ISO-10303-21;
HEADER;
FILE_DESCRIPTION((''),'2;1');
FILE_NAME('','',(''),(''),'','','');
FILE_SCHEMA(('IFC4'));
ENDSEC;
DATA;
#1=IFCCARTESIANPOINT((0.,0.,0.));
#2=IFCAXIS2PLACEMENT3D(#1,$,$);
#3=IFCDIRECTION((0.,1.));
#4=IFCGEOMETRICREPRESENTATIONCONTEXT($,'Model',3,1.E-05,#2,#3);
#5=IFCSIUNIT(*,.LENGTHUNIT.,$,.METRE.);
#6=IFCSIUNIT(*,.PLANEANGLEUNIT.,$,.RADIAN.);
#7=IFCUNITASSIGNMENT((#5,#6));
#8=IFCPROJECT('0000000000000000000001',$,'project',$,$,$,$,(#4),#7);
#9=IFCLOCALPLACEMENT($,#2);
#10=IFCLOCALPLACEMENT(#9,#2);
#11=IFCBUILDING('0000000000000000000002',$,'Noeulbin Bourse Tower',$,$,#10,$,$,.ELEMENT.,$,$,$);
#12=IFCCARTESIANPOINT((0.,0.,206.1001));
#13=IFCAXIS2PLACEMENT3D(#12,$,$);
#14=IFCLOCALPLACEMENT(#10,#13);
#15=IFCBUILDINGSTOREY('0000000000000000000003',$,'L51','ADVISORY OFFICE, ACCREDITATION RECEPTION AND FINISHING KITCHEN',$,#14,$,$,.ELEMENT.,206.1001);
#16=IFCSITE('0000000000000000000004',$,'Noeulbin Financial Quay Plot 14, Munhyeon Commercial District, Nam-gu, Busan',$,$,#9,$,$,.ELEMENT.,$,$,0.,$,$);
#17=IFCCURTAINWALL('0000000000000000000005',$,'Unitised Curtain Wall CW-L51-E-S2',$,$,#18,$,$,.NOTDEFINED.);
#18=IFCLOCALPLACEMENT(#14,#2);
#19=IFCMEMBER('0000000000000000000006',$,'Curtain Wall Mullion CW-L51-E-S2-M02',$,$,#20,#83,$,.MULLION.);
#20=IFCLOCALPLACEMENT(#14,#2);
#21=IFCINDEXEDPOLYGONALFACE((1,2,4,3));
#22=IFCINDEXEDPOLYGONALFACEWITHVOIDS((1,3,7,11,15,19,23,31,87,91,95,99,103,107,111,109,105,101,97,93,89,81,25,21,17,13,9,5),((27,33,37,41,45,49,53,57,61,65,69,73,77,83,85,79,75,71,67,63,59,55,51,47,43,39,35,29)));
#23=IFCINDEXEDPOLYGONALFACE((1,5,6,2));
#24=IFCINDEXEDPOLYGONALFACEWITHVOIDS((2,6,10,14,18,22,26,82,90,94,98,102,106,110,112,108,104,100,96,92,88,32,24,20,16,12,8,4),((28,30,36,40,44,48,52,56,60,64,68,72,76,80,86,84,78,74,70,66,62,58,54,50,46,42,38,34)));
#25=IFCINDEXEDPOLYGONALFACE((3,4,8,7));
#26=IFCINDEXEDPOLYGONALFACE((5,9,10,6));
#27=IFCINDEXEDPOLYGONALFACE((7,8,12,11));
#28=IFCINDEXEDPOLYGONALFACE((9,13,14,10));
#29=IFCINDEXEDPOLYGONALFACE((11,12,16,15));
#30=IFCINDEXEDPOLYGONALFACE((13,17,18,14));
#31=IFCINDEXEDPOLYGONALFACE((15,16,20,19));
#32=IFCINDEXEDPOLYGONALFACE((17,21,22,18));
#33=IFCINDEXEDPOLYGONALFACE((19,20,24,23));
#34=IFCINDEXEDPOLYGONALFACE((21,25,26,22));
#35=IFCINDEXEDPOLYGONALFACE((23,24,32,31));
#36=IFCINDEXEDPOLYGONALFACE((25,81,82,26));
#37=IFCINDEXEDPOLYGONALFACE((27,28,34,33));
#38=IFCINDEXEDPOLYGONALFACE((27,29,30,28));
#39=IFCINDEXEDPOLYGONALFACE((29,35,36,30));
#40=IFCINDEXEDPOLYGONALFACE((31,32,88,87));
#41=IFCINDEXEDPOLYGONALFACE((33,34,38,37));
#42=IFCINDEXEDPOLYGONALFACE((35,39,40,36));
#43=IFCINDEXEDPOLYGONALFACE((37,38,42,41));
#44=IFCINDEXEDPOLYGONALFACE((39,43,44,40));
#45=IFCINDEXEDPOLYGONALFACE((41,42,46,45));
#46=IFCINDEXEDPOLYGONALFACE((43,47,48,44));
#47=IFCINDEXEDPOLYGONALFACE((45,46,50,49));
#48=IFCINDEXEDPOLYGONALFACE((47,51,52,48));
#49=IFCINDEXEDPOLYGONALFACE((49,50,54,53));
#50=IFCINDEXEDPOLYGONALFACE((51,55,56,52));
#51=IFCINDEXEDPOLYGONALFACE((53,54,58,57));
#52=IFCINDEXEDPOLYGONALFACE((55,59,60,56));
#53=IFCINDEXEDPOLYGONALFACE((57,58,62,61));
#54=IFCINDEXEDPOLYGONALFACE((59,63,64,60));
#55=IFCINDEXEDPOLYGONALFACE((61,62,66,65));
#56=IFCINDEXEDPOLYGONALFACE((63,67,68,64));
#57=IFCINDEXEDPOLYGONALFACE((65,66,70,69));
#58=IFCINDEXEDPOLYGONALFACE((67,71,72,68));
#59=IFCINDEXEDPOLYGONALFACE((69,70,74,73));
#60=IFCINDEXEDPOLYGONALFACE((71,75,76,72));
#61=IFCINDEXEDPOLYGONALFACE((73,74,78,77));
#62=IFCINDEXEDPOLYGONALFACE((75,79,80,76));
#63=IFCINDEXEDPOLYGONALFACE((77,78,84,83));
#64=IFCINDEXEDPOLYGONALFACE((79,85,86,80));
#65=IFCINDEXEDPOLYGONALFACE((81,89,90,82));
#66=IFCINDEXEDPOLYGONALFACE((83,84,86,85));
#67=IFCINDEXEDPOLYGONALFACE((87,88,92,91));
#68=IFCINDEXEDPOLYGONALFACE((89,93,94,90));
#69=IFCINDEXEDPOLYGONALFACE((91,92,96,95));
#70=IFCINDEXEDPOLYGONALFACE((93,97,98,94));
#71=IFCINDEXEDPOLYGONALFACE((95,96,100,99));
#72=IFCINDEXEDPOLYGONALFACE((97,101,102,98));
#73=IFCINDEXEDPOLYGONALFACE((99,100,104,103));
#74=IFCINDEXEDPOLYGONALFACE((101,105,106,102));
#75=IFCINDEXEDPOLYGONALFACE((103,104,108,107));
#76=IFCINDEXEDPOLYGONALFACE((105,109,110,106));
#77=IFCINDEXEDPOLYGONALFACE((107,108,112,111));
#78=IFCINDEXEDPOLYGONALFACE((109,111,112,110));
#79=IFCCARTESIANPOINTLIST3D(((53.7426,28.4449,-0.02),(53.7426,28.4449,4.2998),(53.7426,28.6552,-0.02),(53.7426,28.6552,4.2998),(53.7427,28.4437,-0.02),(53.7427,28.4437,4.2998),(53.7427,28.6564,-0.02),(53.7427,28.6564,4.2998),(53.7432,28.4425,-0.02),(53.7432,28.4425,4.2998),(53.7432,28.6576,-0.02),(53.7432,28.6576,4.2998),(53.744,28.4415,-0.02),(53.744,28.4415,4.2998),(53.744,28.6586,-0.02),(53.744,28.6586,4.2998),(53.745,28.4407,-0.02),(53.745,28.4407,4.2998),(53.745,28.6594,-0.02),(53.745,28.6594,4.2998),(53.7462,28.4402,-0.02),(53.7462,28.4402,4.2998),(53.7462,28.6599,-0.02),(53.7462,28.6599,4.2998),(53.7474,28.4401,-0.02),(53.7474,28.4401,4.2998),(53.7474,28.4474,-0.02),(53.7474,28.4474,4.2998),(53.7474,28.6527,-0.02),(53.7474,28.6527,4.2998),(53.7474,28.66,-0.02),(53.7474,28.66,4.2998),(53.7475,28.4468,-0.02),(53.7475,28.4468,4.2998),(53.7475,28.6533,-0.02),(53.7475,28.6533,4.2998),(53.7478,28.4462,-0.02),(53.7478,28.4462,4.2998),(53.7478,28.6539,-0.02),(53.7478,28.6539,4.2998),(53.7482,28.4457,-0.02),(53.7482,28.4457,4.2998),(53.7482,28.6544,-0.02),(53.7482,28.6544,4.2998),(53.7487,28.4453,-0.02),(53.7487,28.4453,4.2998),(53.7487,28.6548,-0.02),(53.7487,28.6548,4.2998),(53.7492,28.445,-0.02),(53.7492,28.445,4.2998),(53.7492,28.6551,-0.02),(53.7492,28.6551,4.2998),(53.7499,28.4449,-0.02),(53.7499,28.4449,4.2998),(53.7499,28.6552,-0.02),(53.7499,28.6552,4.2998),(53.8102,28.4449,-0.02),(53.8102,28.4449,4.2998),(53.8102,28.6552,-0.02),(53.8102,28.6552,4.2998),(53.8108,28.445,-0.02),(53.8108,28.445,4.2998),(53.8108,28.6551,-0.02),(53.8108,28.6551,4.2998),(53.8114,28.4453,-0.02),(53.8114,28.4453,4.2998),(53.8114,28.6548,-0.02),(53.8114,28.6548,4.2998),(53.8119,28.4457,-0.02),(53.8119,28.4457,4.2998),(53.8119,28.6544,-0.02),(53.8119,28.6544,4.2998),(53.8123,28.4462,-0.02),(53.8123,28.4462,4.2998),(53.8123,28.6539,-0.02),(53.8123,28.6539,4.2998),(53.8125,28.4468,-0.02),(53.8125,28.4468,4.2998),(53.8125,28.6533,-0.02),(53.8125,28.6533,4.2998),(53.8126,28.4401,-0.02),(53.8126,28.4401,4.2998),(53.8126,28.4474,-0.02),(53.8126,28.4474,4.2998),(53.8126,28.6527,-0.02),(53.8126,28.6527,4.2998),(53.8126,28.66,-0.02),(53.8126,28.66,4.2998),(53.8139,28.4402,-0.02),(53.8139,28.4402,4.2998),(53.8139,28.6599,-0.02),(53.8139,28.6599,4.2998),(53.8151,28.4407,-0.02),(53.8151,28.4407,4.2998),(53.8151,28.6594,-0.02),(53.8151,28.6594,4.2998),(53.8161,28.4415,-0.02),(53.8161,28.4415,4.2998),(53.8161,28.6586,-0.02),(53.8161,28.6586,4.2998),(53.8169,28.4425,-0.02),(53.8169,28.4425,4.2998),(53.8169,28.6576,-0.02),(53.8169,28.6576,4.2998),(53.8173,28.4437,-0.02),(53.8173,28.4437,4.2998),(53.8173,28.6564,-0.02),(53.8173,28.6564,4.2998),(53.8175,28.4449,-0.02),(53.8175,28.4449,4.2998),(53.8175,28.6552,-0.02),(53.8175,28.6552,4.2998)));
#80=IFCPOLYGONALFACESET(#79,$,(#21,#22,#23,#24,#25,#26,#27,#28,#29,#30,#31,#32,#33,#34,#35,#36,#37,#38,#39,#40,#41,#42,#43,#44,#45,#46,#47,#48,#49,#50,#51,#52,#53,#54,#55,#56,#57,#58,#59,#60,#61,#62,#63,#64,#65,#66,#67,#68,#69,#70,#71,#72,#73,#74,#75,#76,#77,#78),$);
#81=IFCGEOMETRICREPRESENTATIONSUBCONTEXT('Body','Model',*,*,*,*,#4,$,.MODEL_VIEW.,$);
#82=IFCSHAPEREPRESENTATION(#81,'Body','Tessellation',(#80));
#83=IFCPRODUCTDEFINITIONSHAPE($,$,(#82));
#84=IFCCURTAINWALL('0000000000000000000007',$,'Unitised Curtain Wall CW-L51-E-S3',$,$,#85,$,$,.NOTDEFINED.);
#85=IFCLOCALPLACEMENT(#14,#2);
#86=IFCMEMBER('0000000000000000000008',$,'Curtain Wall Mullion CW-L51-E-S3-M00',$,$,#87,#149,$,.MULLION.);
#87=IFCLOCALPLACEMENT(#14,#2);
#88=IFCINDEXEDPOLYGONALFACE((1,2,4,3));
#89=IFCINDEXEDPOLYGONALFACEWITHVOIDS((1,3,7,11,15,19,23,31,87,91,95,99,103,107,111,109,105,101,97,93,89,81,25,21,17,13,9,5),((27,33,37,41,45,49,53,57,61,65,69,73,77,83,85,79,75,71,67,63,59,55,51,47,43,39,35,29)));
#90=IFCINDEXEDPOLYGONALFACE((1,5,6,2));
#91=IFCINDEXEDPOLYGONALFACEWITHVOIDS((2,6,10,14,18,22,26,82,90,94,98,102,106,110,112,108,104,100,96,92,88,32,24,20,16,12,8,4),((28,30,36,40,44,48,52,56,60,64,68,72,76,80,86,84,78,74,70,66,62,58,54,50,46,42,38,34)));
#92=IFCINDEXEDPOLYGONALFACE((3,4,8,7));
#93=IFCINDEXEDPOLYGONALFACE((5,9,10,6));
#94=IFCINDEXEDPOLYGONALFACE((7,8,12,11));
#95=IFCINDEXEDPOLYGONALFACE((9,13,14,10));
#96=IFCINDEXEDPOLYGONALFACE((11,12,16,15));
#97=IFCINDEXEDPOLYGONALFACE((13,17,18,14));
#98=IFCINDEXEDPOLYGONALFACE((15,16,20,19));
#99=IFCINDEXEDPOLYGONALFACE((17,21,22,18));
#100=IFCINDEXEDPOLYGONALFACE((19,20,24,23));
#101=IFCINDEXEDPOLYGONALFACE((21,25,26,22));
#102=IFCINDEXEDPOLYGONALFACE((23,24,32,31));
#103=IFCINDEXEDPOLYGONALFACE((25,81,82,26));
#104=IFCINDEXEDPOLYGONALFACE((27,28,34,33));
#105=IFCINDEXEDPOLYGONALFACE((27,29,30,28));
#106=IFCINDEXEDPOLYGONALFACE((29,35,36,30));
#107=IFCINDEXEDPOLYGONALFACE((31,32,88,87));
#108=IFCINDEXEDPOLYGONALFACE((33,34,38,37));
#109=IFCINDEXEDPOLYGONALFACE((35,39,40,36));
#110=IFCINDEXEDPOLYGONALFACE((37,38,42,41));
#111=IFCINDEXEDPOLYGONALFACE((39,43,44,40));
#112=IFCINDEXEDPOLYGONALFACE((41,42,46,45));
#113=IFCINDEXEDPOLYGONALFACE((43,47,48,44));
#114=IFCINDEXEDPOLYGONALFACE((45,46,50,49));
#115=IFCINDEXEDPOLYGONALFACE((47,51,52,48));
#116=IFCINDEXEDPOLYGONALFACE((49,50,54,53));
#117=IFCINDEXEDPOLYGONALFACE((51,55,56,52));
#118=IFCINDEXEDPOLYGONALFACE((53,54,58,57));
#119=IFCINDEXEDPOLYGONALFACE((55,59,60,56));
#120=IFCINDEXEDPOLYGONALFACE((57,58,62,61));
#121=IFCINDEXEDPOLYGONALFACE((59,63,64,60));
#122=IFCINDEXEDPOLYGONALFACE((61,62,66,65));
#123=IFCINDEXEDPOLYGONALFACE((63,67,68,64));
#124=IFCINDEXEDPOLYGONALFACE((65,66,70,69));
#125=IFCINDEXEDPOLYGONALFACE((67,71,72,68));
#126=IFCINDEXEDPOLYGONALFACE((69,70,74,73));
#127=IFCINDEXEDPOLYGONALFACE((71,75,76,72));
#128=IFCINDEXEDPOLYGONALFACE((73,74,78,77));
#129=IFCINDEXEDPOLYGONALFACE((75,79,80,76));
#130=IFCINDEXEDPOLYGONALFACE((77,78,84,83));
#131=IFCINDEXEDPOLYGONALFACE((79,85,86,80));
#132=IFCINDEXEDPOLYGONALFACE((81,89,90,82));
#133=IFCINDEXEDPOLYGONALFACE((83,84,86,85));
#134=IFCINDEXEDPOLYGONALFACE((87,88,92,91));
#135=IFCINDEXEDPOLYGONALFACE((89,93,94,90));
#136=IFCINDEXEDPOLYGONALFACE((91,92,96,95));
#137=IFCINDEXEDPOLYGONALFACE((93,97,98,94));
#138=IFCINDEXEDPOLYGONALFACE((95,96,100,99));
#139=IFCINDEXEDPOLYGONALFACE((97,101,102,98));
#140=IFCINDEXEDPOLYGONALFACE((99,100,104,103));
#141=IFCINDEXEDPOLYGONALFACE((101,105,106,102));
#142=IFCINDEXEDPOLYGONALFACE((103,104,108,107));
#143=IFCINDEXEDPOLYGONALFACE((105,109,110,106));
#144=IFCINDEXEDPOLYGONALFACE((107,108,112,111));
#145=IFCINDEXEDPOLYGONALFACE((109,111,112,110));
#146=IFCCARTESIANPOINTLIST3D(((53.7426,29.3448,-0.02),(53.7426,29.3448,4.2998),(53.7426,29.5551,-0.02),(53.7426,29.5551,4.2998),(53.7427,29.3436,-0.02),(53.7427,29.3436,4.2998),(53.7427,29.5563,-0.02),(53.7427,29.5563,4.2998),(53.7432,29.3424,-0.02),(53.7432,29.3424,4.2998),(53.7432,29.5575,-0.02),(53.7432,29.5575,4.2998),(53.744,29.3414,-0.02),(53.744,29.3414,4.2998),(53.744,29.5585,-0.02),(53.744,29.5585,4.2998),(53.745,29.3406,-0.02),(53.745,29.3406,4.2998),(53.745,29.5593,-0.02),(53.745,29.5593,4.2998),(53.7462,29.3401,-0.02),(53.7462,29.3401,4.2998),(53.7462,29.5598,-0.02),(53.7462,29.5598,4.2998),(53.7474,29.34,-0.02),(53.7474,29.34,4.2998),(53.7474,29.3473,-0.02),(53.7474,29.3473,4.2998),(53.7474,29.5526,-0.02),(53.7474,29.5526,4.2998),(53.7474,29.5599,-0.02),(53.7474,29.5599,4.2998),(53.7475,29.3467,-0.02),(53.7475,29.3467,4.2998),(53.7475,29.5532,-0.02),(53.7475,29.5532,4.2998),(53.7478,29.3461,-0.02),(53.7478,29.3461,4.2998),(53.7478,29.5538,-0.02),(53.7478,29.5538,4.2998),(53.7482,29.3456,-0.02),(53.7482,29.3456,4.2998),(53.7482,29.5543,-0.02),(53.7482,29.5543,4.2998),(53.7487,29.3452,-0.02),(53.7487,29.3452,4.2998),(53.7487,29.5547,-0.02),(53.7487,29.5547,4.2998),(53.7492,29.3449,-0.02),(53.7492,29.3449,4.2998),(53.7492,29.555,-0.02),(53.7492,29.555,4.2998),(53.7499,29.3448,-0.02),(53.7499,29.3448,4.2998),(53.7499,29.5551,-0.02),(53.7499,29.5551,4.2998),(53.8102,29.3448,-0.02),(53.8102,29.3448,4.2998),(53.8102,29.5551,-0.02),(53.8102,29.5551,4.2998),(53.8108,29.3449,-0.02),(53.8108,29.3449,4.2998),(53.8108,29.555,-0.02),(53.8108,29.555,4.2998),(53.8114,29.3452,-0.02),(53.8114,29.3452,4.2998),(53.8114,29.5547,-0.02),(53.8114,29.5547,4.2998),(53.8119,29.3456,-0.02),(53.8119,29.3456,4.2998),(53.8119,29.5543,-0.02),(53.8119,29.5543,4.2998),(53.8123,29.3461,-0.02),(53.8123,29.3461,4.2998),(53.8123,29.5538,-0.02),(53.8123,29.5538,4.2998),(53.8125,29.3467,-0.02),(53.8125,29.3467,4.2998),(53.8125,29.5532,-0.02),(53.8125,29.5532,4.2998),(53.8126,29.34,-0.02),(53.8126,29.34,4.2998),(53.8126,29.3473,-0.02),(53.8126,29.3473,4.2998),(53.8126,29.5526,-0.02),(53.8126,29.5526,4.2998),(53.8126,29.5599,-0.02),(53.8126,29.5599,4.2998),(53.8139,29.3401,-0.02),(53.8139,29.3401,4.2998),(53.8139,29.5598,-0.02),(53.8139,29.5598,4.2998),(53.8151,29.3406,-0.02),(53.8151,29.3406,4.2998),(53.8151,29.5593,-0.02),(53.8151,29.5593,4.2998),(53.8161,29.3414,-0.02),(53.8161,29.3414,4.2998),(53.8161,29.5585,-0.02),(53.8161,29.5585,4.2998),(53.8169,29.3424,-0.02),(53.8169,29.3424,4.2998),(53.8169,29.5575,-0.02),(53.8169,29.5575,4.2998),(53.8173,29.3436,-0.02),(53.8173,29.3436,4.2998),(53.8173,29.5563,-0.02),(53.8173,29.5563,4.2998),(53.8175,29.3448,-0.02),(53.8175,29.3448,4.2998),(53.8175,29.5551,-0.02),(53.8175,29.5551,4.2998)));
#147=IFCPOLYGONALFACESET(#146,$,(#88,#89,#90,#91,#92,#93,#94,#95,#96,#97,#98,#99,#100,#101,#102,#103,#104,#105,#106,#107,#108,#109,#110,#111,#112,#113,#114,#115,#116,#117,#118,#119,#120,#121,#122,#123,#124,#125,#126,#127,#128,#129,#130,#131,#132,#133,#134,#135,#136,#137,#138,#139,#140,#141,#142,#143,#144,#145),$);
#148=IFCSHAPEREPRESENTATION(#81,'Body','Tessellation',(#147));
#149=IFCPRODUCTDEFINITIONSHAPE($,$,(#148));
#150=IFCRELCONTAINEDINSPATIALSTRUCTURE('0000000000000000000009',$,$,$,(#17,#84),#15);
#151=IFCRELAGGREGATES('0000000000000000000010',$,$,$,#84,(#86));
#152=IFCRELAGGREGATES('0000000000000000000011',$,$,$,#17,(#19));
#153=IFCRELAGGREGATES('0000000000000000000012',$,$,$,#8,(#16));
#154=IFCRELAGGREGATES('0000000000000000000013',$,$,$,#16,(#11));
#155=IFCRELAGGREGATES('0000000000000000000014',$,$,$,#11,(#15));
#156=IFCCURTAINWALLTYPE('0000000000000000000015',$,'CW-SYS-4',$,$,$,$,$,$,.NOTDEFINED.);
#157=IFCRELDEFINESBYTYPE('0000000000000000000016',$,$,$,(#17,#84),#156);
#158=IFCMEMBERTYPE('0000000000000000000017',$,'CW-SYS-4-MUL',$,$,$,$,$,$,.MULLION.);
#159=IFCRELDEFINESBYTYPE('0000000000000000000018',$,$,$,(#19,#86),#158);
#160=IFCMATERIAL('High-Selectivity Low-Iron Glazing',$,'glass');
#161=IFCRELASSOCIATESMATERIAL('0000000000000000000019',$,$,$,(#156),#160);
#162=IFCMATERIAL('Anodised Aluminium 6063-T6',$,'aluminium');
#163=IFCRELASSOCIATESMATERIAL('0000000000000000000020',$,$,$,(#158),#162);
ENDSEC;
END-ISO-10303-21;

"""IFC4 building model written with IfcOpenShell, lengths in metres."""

from ifc_helpers import new_model, si_unit, direction, frame, origin, origin_2d, place, context, subcontext, project, spatial, hollow_rectangle, extrude, material, material_profile, profile_set, type_object, element, aggregate, save


model = new_model("IFC4")

# Units and contexts
model_context = context("Model", 3, precision=1e-05, world=origin(), true_north=direction((0.0, 1.0)))
body_context = subcontext(model_context, "Body", "Model", "MODEL_VIEW")
ifc_project = project(units=[si_unit("LENGTHUNIT", "METRE"), si_unit("PLANEANGLEUNIT", "RADIAN")], contexts=[model_context])

# Site, building, storey
site_placement = place(None, origin())
site = spatial("IfcSite", under=ifc_project, at=site_placement, Name="Noeulbin Financial Quay Plot 14, Munhyeon Commercial District, Nam-gu, Busan", CompositionType="ELEMENT", RefElevation=0.0)
building_placement = place(site_placement, origin())
building = spatial("IfcBuilding", under=site, at=building_placement, Name="Noeulbin Bourse Tower", CompositionType="ELEMENT")
storey_placement = place(building_placement, frame((0.0, 0.0, 206.1001)))
storey = spatial("IfcBuildingStorey", under=building, at=storey_placement, Name="L51", Description="ADVISORY OFFICE, ACCREDITATION RECEPTION AND FINISHING KITCHEN", CompositionType="ELEMENT", Elevation=206.1001)

# Curtain wall, member
ifc_material_1 = material(Name="High-Selectivity Low-Iron Glazing", Category="glass")
curtain_wall_type = type_object("IfcCurtainWallType", Name="CW-SYS-4", PredefinedType="NOTDEFINED", material=ifc_material_1)
curtain_wall_1_placement = place(storey_placement, origin())
curtain_wall_1 = element("IfcCurtainWall", 1, at=curtain_wall_1_placement, inside=storey, type_object=curtain_wall_type, Name="Unitised Curtain Wall CW-L51-E-S2", PredefinedType="NOTDEFINED")
ifc_material_2 = material(Name="Anodised Aluminium 6063-T6", Category="aluminium")
ifc_material_profile_1 = material_profile(ifc_material_2, hollow_rectangle(XDim=0.075, YDim=0.22, WallThickness=0.0049, InnerFilletRadius=0.0024, OuterFilletRadius=0.0049, at=origin_2d()), Name="ALU-MULL-75x220x5", Category="LoadBearing")
ifc_profile_set_1 = profile_set([ifc_material_profile_1], Name="Anodised Aluminium 6063-T6")
member_type_1 = type_object("IfcMemberType", Name="CW-SYS-4-MUL", PredefinedType="MULLION", material=ifc_profile_set_1)
member_1_placement = place(storey_placement, frame((53.78, 28.55, -0.02), z_axis=(0.0, 0.0, 1.0), x_axis=(1.0, 0.0, 0.0)))
member_1 = element("IfcMember", 2, at=member_1_placement, type_object=member_type_1, Name="Curtain Wall Mullion CW-L51-E-S2-M02", PredefinedType="MULLION", context=body_context, shape_type="SweptSolid", body=[
    extrude(hollow_rectangle(XDim=0.075, YDim=0.22, WallThickness=0.0049, InnerFilletRadius=0.0024, OuterFilletRadius=0.0049, at=origin_2d()), origin(), (0.0, 0.0, 1.0), 4.3198),
])

# Curtain wall, member
curtain_wall_2_placement = place(storey_placement, origin())
curtain_wall_2 = element("IfcCurtainWall", 3, at=curtain_wall_2_placement, inside=storey, type_object=curtain_wall_type, Name="Unitised Curtain Wall CW-L51-E-S3", PredefinedType="NOTDEFINED")
member_2_placement = place(storey_placement, frame((53.78, 29.45, -0.02), z_axis=(0.0, 0.0, 1.0), x_axis=(1.0, 0.0, 0.0)))
member_2 = element("IfcMember", 4, at=member_2_placement, type_object=member_type_1, Name="Curtain Wall Mullion CW-L51-E-S3-M00", PredefinedType="MULLION", context=body_context, shape_type="SweptSolid", body=[
    extrude(hollow_rectangle(XDim=0.075, YDim=0.22, WallThickness=0.0049, InnerFilletRadius=0.0024, OuterFilletRadius=0.0049, at=origin_2d()), origin(), (0.0, 0.0, 1.0), 4.3198),
])
aggregate(curtain_wall_2, [member_2])

aggregate(curtain_wall_1, [member_1])

save(model, "model.ifc")
